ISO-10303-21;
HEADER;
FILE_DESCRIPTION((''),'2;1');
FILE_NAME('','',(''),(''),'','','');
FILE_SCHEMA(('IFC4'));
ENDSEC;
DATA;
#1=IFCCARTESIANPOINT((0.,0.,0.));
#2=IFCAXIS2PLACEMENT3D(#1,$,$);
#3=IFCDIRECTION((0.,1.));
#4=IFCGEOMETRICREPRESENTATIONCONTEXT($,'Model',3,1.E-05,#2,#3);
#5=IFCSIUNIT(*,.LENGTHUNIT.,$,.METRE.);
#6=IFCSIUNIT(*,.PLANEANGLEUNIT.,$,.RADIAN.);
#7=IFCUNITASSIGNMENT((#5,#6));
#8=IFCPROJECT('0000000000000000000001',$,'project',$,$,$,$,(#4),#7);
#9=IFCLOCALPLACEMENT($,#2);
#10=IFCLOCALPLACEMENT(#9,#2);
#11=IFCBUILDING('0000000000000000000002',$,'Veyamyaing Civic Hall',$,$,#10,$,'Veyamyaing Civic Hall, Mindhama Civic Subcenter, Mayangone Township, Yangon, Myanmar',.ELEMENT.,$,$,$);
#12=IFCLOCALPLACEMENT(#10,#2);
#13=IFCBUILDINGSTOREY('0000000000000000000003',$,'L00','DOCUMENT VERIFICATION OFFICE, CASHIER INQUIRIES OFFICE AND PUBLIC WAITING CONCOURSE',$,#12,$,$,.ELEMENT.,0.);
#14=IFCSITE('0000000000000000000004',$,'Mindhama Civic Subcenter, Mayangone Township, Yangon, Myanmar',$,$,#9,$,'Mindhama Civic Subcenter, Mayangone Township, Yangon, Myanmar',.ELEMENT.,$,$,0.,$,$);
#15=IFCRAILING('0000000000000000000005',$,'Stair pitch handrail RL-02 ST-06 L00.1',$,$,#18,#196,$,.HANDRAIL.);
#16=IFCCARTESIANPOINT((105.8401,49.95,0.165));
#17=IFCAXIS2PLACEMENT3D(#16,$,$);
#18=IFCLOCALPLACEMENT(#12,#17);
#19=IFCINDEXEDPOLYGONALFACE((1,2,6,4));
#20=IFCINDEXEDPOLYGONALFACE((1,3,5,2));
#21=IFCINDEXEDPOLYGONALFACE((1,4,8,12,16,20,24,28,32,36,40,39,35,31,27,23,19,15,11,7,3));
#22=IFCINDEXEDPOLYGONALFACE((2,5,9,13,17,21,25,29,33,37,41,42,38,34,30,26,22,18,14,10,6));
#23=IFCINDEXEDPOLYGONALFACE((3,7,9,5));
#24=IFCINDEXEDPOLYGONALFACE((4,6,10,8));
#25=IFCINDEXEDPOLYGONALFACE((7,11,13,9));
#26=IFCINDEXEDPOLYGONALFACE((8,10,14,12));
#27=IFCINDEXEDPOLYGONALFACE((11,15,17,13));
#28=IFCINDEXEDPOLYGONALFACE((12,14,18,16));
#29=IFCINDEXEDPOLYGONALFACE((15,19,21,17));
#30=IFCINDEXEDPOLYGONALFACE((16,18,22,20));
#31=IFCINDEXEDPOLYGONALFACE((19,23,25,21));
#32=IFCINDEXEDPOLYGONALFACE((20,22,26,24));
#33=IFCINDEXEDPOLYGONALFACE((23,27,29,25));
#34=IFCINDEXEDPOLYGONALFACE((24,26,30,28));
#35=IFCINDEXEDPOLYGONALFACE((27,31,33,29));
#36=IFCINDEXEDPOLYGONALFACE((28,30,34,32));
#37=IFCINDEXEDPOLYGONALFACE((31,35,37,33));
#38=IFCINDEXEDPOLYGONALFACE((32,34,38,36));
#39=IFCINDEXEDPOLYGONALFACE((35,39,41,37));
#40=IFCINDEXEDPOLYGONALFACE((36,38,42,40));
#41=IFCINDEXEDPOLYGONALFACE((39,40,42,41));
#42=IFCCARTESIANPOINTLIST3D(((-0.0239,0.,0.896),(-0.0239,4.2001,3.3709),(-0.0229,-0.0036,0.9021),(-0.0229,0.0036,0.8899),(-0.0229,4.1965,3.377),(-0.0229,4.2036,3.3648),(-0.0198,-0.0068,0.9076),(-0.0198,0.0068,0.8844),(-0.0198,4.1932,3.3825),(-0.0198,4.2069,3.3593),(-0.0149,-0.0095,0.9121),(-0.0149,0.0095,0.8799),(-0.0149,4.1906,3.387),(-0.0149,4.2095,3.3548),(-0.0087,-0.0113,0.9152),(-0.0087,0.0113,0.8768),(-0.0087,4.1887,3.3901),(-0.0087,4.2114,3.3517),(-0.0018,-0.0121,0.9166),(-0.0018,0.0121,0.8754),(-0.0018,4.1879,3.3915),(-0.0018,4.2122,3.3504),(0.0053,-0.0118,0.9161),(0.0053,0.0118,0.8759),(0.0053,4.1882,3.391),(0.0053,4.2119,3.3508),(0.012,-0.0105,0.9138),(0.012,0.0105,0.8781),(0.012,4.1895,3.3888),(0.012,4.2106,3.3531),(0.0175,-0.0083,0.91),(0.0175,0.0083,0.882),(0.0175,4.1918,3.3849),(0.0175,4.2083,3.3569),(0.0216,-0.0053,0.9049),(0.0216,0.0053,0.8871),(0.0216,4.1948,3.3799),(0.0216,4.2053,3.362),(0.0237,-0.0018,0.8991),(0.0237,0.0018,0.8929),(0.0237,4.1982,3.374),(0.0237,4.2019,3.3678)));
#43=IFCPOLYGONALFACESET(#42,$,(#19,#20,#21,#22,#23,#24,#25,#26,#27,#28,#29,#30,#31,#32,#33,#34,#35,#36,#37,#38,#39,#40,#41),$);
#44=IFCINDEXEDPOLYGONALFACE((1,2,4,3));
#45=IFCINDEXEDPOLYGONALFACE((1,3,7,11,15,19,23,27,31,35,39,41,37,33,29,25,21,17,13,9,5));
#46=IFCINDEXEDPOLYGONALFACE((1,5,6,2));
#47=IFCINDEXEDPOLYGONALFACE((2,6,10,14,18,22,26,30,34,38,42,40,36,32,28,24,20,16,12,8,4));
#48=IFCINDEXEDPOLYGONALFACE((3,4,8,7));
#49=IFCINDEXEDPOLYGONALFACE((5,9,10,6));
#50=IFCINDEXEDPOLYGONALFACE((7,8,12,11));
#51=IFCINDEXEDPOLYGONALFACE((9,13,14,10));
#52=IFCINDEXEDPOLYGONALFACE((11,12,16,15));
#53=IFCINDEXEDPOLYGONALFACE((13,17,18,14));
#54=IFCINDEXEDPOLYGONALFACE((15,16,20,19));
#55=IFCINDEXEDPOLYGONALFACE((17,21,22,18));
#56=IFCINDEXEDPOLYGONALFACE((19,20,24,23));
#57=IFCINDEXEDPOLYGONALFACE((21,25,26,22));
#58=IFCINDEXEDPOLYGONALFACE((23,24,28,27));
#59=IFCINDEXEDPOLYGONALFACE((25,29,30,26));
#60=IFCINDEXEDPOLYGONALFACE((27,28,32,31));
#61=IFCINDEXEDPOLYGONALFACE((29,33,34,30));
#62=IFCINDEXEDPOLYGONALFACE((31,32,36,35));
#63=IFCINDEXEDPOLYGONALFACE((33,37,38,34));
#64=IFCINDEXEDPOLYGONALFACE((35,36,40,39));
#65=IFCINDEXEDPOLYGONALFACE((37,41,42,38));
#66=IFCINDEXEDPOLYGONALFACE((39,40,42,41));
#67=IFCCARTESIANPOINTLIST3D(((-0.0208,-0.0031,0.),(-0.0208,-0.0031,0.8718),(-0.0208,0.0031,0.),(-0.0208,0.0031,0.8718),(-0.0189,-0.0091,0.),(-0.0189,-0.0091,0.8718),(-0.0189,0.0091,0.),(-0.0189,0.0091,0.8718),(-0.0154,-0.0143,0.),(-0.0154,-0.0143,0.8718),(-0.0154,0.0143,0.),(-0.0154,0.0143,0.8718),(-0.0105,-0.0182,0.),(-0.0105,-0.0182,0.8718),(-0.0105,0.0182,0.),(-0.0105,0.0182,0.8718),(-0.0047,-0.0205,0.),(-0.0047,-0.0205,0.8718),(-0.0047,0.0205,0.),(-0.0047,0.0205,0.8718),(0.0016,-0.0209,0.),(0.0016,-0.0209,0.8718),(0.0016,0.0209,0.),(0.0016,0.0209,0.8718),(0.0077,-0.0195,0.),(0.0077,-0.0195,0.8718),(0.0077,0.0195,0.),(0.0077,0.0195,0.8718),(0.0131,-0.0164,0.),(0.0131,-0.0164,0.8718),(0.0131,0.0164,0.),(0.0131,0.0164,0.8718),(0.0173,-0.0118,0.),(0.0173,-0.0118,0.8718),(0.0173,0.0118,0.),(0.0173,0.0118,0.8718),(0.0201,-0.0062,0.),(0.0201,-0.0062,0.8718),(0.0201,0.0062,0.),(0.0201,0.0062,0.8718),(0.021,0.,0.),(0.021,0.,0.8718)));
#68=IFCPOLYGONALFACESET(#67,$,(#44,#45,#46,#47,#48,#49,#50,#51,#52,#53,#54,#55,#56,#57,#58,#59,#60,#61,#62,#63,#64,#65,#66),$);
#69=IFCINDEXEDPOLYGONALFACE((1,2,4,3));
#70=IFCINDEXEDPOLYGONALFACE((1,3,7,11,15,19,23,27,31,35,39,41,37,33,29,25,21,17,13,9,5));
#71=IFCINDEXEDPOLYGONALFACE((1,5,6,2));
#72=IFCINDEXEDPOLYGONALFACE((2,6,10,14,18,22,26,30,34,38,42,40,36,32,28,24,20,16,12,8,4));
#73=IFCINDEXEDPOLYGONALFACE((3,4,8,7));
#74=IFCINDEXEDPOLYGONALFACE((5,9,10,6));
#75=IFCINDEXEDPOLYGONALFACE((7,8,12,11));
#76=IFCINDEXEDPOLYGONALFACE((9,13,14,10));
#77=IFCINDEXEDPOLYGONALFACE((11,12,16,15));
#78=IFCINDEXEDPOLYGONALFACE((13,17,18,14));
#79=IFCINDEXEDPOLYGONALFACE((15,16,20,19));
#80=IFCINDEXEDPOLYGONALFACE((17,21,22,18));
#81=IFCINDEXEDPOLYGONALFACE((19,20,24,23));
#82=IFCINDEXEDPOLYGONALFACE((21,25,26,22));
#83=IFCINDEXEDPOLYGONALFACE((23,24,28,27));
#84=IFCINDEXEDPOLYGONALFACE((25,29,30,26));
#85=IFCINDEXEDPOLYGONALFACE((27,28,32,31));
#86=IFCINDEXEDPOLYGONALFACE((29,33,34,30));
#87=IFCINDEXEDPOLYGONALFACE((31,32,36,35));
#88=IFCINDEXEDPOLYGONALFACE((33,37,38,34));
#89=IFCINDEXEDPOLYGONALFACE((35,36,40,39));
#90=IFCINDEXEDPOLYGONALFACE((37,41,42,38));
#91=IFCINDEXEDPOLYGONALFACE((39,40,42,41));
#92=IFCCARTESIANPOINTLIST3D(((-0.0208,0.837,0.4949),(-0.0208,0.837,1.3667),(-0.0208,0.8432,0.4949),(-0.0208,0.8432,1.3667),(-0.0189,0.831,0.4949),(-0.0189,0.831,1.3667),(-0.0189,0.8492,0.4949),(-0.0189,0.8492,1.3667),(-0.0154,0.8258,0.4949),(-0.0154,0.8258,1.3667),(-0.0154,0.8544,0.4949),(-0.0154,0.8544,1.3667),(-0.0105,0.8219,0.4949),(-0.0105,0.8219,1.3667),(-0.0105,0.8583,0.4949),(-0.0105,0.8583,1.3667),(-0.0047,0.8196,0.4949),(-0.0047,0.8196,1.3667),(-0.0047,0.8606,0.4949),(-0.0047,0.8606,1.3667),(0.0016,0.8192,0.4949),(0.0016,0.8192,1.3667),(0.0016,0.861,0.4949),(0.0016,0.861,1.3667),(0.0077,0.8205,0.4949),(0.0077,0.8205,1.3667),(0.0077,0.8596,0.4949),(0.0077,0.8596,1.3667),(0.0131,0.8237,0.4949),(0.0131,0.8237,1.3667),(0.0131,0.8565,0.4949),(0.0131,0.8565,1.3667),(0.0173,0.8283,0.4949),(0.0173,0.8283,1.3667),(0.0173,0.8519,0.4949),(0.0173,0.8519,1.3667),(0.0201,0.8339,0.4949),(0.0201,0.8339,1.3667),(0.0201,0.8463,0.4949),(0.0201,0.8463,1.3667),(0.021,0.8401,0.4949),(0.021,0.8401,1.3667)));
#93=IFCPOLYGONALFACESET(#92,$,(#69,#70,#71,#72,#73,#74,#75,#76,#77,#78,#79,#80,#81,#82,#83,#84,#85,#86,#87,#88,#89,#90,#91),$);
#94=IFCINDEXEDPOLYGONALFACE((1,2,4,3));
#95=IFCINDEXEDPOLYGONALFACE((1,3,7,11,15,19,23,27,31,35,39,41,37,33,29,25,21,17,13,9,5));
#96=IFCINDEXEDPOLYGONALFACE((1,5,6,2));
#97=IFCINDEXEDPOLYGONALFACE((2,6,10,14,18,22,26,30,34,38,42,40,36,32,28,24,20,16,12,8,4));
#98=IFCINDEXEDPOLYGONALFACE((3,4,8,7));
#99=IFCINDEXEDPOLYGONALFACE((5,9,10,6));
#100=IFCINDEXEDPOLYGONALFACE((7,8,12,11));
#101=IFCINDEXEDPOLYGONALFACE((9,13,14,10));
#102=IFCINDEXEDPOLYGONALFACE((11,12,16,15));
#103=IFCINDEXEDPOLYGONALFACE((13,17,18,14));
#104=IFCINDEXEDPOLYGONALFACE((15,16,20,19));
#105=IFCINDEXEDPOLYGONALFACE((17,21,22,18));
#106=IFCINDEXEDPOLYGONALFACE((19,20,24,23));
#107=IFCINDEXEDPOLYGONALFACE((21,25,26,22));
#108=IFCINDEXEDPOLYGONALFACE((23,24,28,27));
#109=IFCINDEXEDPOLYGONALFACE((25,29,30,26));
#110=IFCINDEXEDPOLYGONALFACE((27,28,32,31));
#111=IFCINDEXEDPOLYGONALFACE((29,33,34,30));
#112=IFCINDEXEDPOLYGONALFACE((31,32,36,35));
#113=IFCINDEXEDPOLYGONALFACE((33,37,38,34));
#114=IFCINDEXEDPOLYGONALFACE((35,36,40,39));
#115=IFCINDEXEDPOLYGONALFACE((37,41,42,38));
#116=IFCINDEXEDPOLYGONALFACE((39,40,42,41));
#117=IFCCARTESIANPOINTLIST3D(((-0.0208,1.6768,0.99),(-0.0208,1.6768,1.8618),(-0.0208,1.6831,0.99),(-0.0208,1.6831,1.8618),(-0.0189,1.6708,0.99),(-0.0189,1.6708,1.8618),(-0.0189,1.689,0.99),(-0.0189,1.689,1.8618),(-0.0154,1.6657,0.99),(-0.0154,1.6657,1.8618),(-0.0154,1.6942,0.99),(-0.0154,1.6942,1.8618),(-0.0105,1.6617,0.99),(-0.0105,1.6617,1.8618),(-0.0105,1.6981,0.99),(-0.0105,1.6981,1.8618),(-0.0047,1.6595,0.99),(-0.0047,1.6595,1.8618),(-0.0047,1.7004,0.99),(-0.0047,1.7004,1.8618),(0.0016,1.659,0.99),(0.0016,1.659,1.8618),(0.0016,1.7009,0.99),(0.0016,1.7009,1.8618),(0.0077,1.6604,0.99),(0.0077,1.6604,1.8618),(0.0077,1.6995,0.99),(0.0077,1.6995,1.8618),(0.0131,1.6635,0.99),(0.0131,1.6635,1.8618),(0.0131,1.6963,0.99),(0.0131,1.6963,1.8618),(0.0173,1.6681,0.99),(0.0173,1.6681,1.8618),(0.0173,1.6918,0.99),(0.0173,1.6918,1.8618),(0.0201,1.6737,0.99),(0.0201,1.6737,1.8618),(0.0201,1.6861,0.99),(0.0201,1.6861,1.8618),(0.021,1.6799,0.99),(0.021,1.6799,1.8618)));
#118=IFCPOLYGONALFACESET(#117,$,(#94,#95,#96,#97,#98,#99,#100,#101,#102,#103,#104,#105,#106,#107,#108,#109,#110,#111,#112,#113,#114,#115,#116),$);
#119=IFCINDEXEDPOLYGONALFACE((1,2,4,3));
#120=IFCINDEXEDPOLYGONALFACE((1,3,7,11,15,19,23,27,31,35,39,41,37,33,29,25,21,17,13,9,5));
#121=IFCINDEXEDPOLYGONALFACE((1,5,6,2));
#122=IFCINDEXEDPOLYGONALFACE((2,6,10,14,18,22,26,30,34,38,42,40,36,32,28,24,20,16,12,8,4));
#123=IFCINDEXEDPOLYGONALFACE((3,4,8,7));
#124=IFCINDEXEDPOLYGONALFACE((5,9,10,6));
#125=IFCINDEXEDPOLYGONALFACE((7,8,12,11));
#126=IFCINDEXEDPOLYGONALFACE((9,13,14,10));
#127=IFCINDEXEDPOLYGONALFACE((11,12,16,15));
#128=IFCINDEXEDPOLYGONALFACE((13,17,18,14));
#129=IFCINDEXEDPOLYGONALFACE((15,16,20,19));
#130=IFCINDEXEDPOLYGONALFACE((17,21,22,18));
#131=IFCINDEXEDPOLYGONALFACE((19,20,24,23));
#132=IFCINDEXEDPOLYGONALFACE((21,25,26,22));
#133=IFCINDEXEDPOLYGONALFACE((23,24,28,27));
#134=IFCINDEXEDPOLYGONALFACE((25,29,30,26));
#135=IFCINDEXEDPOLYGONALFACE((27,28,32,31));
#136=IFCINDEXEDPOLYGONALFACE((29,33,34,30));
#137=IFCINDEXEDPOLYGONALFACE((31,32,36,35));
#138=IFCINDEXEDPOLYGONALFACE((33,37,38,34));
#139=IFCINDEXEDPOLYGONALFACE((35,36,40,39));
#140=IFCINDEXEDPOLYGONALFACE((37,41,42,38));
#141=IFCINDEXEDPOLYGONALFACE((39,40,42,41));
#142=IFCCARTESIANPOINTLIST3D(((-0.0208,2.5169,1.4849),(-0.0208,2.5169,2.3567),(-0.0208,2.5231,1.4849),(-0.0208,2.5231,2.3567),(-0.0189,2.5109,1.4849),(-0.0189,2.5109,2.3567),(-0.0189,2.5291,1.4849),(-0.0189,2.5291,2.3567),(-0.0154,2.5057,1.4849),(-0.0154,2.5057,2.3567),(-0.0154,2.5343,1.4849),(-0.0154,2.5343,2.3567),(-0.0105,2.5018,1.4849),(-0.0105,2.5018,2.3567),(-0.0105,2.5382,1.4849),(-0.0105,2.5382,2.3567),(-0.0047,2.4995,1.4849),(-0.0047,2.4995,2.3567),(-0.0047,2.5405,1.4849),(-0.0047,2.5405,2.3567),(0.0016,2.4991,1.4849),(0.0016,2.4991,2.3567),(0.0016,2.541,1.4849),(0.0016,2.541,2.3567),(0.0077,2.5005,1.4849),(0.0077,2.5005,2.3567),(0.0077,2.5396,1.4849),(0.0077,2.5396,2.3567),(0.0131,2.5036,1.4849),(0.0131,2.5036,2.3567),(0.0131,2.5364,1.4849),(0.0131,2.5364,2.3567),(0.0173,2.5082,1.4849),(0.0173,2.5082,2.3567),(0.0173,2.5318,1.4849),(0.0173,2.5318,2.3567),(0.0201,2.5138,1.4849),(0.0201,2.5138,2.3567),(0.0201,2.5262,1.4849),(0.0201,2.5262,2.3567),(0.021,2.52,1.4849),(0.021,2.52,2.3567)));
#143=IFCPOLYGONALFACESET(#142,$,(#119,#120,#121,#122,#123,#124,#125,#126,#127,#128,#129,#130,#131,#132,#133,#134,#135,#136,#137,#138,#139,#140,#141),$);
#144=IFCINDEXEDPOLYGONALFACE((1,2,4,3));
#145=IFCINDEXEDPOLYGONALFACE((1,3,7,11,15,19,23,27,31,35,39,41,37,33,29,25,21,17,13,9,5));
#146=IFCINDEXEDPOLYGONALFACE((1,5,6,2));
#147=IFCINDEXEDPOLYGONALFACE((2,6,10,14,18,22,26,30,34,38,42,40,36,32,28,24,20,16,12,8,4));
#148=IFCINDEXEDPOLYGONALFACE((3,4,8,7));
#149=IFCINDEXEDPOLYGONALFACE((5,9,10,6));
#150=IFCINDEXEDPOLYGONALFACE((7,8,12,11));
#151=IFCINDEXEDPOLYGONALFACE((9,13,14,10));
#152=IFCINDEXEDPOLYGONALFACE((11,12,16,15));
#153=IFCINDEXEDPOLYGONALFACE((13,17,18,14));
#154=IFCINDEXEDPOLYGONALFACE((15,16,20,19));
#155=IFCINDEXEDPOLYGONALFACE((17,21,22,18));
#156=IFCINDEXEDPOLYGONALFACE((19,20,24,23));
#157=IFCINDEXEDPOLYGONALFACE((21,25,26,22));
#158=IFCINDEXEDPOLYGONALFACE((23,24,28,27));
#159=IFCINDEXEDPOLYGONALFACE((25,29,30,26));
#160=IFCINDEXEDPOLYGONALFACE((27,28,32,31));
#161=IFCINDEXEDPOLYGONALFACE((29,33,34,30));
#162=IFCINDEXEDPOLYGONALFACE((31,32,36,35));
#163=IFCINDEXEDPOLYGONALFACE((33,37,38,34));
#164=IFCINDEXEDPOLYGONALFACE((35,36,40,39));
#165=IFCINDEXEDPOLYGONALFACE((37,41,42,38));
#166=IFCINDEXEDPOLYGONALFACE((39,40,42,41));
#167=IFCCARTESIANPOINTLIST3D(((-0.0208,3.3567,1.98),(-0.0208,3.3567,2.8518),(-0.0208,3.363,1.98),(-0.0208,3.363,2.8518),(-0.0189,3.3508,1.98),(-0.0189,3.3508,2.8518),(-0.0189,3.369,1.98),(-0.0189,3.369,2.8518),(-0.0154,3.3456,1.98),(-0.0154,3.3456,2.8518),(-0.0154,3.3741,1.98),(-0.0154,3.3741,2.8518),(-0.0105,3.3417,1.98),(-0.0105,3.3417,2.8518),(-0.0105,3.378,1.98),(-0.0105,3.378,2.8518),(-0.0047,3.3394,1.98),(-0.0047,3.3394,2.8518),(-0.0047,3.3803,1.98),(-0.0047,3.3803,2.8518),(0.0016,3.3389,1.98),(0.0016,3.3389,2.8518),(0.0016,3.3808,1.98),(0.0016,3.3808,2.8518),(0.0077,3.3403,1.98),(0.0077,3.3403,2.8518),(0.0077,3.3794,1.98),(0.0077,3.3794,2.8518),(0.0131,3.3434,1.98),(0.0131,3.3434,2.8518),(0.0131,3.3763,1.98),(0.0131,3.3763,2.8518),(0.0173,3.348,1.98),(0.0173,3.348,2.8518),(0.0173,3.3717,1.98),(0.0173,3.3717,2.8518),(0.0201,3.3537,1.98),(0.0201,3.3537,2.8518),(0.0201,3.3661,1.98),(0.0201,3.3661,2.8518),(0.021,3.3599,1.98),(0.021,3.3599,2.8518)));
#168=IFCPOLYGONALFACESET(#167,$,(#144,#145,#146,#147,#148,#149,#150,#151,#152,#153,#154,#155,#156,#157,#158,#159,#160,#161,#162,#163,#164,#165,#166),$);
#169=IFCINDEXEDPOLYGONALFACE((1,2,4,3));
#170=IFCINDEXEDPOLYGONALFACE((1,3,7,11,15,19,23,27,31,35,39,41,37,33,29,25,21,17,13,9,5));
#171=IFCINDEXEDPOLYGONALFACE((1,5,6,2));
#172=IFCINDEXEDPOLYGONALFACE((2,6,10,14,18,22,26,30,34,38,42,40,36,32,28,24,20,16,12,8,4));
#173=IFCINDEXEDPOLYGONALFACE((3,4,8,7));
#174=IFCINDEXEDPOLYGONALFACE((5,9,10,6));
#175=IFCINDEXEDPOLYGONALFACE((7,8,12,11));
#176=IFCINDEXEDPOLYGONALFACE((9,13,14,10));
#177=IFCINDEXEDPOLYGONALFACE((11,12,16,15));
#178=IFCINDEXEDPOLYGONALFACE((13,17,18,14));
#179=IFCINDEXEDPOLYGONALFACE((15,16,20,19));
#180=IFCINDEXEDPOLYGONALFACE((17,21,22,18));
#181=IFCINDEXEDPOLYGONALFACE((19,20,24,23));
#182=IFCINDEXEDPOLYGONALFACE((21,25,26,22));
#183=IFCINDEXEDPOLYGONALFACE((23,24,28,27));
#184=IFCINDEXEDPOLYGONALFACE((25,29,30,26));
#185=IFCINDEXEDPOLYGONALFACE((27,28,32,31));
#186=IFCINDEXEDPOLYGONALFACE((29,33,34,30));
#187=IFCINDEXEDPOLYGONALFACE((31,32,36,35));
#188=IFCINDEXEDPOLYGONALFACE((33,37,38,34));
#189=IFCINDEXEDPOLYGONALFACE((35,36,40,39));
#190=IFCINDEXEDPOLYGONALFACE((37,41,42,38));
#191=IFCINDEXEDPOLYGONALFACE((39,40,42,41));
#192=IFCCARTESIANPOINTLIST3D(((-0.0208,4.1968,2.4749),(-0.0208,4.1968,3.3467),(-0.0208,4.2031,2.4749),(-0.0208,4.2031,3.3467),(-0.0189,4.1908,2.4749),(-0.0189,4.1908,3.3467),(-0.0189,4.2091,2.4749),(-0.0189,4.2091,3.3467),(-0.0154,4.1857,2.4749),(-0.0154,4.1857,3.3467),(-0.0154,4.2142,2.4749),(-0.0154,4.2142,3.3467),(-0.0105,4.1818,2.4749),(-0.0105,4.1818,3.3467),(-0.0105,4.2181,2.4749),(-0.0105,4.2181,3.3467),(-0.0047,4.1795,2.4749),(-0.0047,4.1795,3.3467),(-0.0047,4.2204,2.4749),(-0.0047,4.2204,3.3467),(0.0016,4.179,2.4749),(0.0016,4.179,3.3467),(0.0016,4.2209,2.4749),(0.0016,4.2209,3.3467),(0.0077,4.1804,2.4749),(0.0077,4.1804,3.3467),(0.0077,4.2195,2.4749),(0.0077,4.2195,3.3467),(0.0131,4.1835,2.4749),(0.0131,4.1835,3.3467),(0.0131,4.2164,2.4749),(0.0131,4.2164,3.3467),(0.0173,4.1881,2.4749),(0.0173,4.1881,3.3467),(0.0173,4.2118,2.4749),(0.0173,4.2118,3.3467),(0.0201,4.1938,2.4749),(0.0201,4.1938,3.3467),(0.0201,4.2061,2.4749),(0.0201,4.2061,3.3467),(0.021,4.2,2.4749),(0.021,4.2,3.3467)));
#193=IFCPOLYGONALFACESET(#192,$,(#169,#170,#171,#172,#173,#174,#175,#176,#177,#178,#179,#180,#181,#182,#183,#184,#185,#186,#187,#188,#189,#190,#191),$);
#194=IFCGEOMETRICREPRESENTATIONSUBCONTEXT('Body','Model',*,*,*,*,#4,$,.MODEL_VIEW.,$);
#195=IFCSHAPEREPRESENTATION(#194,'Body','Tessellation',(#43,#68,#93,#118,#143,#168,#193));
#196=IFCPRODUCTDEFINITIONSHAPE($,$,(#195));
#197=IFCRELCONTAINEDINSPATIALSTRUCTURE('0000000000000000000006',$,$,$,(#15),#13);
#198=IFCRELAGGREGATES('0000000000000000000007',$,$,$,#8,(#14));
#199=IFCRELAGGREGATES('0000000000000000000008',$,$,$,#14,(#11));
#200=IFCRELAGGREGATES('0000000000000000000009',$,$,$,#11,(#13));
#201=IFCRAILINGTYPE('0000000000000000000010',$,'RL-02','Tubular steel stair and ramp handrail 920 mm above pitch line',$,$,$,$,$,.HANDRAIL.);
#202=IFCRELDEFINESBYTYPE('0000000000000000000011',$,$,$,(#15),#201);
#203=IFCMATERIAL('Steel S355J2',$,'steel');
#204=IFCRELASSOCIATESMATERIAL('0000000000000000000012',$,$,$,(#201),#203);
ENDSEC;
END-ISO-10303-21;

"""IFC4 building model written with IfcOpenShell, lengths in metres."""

from ifc_helpers import new_model, si_unit, direction, frame, origin, origin_2d, place, context, subcontext, project, spatial, circle, extrude, material, type_object, element, save


model = new_model("IFC4")

# Units and contexts
model_context = context("Model", 3, precision=1e-05, world=origin(), true_north=direction((0.0, 1.0)))
body_context = subcontext(model_context, "Body", "Model", "MODEL_VIEW")
ifc_project = project(units=[si_unit("LENGTHUNIT", "METRE"), si_unit("PLANEANGLEUNIT", "RADIAN")], contexts=[model_context])

# Site, building, storey
site_placement = place(None, origin())
site = spatial("IfcSite", under=ifc_project, at=site_placement, Name="Mindhama Civic Subcenter, Mayangone Township, Yangon, Myanmar", LongName="Mindhama Civic Subcenter, Mayangone Township, Yangon, Myanmar", CompositionType="ELEMENT", RefElevation=0.0)
building_placement = place(site_placement, origin())
building = spatial("IfcBuilding", under=site, at=building_placement, Name="Veyamyaing Civic Hall", LongName="Veyamyaing Civic Hall, Mindhama Civic Subcenter, Mayangone Township, Yangon, Myanmar", CompositionType="ELEMENT")
storey_placement = place(building_placement, origin())
storey = spatial("IfcBuildingStorey", under=building, at=storey_placement, Name="L00", Description="DOCUMENT VERIFICATION OFFICE, CASHIER INQUIRIES OFFICE AND PUBLIC WAITING CONCOURSE", CompositionType="ELEMENT", Elevation=0.0)

# Railing
ifc_material_1 = material(Name="Steel S355J2", Category="steel")
railing_type_1 = type_object("IfcRailingType", Name="RL-02", Description="Tubular steel stair and ramp handrail 920 mm above pitch line", PredefinedType="HANDRAIL", material=ifc_material_1)
railing_1_placement = place(storey_placement, frame((105.8401, 49.95, 0.165)))
element("IfcRailing", 1, at=railing_1_placement, inside=storey, type_object=railing_type_1, Name="Stair pitch handrail RL-02 ST-06 L00.1", PredefinedType="HANDRAIL", context=body_context, shape_type="SweptSolid", body=[
    extrude(circle(Radius=0.0239, at=origin_2d()), frame((0.0, 0.0, 0.896), z_axis=(0.0, 0.861549, 0.507674), x_axis=(-1.0, 0.0, 0.0)), (0.0, 0.0, 1.0), 4.875),
    extrude(circle(Radius=0.021, at=origin_2d()), origin(), (0.0, 0.0, 1.0), 0.8718),
    extrude(circle(Radius=0.021, at=origin_2d()), frame((0.0, 0.8401, 0.4949)), (0.0, 0.0, 1.0), 0.8718),
    extrude(circle(Radius=0.021, at=origin_2d()), frame((0.0, 1.6799, 0.99)), (0.0, 0.0, 1.0), 0.8718),
    extrude(circle(Radius=0.021, at=origin_2d()), frame((0.0, 2.52, 1.4849)), (0.0, 0.0, 1.0), 0.8718),
    extrude(circle(Radius=0.021, at=origin_2d()), frame((0.0, 3.3599, 1.98)), (0.0, 0.0, 1.0), 0.8718),
    extrude(circle(Radius=0.021, at=origin_2d()), frame((0.0, 4.2, 2.4749)), (0.0, 0.0, 1.0), 0.8718),
])

save(model, "model.ifc")
